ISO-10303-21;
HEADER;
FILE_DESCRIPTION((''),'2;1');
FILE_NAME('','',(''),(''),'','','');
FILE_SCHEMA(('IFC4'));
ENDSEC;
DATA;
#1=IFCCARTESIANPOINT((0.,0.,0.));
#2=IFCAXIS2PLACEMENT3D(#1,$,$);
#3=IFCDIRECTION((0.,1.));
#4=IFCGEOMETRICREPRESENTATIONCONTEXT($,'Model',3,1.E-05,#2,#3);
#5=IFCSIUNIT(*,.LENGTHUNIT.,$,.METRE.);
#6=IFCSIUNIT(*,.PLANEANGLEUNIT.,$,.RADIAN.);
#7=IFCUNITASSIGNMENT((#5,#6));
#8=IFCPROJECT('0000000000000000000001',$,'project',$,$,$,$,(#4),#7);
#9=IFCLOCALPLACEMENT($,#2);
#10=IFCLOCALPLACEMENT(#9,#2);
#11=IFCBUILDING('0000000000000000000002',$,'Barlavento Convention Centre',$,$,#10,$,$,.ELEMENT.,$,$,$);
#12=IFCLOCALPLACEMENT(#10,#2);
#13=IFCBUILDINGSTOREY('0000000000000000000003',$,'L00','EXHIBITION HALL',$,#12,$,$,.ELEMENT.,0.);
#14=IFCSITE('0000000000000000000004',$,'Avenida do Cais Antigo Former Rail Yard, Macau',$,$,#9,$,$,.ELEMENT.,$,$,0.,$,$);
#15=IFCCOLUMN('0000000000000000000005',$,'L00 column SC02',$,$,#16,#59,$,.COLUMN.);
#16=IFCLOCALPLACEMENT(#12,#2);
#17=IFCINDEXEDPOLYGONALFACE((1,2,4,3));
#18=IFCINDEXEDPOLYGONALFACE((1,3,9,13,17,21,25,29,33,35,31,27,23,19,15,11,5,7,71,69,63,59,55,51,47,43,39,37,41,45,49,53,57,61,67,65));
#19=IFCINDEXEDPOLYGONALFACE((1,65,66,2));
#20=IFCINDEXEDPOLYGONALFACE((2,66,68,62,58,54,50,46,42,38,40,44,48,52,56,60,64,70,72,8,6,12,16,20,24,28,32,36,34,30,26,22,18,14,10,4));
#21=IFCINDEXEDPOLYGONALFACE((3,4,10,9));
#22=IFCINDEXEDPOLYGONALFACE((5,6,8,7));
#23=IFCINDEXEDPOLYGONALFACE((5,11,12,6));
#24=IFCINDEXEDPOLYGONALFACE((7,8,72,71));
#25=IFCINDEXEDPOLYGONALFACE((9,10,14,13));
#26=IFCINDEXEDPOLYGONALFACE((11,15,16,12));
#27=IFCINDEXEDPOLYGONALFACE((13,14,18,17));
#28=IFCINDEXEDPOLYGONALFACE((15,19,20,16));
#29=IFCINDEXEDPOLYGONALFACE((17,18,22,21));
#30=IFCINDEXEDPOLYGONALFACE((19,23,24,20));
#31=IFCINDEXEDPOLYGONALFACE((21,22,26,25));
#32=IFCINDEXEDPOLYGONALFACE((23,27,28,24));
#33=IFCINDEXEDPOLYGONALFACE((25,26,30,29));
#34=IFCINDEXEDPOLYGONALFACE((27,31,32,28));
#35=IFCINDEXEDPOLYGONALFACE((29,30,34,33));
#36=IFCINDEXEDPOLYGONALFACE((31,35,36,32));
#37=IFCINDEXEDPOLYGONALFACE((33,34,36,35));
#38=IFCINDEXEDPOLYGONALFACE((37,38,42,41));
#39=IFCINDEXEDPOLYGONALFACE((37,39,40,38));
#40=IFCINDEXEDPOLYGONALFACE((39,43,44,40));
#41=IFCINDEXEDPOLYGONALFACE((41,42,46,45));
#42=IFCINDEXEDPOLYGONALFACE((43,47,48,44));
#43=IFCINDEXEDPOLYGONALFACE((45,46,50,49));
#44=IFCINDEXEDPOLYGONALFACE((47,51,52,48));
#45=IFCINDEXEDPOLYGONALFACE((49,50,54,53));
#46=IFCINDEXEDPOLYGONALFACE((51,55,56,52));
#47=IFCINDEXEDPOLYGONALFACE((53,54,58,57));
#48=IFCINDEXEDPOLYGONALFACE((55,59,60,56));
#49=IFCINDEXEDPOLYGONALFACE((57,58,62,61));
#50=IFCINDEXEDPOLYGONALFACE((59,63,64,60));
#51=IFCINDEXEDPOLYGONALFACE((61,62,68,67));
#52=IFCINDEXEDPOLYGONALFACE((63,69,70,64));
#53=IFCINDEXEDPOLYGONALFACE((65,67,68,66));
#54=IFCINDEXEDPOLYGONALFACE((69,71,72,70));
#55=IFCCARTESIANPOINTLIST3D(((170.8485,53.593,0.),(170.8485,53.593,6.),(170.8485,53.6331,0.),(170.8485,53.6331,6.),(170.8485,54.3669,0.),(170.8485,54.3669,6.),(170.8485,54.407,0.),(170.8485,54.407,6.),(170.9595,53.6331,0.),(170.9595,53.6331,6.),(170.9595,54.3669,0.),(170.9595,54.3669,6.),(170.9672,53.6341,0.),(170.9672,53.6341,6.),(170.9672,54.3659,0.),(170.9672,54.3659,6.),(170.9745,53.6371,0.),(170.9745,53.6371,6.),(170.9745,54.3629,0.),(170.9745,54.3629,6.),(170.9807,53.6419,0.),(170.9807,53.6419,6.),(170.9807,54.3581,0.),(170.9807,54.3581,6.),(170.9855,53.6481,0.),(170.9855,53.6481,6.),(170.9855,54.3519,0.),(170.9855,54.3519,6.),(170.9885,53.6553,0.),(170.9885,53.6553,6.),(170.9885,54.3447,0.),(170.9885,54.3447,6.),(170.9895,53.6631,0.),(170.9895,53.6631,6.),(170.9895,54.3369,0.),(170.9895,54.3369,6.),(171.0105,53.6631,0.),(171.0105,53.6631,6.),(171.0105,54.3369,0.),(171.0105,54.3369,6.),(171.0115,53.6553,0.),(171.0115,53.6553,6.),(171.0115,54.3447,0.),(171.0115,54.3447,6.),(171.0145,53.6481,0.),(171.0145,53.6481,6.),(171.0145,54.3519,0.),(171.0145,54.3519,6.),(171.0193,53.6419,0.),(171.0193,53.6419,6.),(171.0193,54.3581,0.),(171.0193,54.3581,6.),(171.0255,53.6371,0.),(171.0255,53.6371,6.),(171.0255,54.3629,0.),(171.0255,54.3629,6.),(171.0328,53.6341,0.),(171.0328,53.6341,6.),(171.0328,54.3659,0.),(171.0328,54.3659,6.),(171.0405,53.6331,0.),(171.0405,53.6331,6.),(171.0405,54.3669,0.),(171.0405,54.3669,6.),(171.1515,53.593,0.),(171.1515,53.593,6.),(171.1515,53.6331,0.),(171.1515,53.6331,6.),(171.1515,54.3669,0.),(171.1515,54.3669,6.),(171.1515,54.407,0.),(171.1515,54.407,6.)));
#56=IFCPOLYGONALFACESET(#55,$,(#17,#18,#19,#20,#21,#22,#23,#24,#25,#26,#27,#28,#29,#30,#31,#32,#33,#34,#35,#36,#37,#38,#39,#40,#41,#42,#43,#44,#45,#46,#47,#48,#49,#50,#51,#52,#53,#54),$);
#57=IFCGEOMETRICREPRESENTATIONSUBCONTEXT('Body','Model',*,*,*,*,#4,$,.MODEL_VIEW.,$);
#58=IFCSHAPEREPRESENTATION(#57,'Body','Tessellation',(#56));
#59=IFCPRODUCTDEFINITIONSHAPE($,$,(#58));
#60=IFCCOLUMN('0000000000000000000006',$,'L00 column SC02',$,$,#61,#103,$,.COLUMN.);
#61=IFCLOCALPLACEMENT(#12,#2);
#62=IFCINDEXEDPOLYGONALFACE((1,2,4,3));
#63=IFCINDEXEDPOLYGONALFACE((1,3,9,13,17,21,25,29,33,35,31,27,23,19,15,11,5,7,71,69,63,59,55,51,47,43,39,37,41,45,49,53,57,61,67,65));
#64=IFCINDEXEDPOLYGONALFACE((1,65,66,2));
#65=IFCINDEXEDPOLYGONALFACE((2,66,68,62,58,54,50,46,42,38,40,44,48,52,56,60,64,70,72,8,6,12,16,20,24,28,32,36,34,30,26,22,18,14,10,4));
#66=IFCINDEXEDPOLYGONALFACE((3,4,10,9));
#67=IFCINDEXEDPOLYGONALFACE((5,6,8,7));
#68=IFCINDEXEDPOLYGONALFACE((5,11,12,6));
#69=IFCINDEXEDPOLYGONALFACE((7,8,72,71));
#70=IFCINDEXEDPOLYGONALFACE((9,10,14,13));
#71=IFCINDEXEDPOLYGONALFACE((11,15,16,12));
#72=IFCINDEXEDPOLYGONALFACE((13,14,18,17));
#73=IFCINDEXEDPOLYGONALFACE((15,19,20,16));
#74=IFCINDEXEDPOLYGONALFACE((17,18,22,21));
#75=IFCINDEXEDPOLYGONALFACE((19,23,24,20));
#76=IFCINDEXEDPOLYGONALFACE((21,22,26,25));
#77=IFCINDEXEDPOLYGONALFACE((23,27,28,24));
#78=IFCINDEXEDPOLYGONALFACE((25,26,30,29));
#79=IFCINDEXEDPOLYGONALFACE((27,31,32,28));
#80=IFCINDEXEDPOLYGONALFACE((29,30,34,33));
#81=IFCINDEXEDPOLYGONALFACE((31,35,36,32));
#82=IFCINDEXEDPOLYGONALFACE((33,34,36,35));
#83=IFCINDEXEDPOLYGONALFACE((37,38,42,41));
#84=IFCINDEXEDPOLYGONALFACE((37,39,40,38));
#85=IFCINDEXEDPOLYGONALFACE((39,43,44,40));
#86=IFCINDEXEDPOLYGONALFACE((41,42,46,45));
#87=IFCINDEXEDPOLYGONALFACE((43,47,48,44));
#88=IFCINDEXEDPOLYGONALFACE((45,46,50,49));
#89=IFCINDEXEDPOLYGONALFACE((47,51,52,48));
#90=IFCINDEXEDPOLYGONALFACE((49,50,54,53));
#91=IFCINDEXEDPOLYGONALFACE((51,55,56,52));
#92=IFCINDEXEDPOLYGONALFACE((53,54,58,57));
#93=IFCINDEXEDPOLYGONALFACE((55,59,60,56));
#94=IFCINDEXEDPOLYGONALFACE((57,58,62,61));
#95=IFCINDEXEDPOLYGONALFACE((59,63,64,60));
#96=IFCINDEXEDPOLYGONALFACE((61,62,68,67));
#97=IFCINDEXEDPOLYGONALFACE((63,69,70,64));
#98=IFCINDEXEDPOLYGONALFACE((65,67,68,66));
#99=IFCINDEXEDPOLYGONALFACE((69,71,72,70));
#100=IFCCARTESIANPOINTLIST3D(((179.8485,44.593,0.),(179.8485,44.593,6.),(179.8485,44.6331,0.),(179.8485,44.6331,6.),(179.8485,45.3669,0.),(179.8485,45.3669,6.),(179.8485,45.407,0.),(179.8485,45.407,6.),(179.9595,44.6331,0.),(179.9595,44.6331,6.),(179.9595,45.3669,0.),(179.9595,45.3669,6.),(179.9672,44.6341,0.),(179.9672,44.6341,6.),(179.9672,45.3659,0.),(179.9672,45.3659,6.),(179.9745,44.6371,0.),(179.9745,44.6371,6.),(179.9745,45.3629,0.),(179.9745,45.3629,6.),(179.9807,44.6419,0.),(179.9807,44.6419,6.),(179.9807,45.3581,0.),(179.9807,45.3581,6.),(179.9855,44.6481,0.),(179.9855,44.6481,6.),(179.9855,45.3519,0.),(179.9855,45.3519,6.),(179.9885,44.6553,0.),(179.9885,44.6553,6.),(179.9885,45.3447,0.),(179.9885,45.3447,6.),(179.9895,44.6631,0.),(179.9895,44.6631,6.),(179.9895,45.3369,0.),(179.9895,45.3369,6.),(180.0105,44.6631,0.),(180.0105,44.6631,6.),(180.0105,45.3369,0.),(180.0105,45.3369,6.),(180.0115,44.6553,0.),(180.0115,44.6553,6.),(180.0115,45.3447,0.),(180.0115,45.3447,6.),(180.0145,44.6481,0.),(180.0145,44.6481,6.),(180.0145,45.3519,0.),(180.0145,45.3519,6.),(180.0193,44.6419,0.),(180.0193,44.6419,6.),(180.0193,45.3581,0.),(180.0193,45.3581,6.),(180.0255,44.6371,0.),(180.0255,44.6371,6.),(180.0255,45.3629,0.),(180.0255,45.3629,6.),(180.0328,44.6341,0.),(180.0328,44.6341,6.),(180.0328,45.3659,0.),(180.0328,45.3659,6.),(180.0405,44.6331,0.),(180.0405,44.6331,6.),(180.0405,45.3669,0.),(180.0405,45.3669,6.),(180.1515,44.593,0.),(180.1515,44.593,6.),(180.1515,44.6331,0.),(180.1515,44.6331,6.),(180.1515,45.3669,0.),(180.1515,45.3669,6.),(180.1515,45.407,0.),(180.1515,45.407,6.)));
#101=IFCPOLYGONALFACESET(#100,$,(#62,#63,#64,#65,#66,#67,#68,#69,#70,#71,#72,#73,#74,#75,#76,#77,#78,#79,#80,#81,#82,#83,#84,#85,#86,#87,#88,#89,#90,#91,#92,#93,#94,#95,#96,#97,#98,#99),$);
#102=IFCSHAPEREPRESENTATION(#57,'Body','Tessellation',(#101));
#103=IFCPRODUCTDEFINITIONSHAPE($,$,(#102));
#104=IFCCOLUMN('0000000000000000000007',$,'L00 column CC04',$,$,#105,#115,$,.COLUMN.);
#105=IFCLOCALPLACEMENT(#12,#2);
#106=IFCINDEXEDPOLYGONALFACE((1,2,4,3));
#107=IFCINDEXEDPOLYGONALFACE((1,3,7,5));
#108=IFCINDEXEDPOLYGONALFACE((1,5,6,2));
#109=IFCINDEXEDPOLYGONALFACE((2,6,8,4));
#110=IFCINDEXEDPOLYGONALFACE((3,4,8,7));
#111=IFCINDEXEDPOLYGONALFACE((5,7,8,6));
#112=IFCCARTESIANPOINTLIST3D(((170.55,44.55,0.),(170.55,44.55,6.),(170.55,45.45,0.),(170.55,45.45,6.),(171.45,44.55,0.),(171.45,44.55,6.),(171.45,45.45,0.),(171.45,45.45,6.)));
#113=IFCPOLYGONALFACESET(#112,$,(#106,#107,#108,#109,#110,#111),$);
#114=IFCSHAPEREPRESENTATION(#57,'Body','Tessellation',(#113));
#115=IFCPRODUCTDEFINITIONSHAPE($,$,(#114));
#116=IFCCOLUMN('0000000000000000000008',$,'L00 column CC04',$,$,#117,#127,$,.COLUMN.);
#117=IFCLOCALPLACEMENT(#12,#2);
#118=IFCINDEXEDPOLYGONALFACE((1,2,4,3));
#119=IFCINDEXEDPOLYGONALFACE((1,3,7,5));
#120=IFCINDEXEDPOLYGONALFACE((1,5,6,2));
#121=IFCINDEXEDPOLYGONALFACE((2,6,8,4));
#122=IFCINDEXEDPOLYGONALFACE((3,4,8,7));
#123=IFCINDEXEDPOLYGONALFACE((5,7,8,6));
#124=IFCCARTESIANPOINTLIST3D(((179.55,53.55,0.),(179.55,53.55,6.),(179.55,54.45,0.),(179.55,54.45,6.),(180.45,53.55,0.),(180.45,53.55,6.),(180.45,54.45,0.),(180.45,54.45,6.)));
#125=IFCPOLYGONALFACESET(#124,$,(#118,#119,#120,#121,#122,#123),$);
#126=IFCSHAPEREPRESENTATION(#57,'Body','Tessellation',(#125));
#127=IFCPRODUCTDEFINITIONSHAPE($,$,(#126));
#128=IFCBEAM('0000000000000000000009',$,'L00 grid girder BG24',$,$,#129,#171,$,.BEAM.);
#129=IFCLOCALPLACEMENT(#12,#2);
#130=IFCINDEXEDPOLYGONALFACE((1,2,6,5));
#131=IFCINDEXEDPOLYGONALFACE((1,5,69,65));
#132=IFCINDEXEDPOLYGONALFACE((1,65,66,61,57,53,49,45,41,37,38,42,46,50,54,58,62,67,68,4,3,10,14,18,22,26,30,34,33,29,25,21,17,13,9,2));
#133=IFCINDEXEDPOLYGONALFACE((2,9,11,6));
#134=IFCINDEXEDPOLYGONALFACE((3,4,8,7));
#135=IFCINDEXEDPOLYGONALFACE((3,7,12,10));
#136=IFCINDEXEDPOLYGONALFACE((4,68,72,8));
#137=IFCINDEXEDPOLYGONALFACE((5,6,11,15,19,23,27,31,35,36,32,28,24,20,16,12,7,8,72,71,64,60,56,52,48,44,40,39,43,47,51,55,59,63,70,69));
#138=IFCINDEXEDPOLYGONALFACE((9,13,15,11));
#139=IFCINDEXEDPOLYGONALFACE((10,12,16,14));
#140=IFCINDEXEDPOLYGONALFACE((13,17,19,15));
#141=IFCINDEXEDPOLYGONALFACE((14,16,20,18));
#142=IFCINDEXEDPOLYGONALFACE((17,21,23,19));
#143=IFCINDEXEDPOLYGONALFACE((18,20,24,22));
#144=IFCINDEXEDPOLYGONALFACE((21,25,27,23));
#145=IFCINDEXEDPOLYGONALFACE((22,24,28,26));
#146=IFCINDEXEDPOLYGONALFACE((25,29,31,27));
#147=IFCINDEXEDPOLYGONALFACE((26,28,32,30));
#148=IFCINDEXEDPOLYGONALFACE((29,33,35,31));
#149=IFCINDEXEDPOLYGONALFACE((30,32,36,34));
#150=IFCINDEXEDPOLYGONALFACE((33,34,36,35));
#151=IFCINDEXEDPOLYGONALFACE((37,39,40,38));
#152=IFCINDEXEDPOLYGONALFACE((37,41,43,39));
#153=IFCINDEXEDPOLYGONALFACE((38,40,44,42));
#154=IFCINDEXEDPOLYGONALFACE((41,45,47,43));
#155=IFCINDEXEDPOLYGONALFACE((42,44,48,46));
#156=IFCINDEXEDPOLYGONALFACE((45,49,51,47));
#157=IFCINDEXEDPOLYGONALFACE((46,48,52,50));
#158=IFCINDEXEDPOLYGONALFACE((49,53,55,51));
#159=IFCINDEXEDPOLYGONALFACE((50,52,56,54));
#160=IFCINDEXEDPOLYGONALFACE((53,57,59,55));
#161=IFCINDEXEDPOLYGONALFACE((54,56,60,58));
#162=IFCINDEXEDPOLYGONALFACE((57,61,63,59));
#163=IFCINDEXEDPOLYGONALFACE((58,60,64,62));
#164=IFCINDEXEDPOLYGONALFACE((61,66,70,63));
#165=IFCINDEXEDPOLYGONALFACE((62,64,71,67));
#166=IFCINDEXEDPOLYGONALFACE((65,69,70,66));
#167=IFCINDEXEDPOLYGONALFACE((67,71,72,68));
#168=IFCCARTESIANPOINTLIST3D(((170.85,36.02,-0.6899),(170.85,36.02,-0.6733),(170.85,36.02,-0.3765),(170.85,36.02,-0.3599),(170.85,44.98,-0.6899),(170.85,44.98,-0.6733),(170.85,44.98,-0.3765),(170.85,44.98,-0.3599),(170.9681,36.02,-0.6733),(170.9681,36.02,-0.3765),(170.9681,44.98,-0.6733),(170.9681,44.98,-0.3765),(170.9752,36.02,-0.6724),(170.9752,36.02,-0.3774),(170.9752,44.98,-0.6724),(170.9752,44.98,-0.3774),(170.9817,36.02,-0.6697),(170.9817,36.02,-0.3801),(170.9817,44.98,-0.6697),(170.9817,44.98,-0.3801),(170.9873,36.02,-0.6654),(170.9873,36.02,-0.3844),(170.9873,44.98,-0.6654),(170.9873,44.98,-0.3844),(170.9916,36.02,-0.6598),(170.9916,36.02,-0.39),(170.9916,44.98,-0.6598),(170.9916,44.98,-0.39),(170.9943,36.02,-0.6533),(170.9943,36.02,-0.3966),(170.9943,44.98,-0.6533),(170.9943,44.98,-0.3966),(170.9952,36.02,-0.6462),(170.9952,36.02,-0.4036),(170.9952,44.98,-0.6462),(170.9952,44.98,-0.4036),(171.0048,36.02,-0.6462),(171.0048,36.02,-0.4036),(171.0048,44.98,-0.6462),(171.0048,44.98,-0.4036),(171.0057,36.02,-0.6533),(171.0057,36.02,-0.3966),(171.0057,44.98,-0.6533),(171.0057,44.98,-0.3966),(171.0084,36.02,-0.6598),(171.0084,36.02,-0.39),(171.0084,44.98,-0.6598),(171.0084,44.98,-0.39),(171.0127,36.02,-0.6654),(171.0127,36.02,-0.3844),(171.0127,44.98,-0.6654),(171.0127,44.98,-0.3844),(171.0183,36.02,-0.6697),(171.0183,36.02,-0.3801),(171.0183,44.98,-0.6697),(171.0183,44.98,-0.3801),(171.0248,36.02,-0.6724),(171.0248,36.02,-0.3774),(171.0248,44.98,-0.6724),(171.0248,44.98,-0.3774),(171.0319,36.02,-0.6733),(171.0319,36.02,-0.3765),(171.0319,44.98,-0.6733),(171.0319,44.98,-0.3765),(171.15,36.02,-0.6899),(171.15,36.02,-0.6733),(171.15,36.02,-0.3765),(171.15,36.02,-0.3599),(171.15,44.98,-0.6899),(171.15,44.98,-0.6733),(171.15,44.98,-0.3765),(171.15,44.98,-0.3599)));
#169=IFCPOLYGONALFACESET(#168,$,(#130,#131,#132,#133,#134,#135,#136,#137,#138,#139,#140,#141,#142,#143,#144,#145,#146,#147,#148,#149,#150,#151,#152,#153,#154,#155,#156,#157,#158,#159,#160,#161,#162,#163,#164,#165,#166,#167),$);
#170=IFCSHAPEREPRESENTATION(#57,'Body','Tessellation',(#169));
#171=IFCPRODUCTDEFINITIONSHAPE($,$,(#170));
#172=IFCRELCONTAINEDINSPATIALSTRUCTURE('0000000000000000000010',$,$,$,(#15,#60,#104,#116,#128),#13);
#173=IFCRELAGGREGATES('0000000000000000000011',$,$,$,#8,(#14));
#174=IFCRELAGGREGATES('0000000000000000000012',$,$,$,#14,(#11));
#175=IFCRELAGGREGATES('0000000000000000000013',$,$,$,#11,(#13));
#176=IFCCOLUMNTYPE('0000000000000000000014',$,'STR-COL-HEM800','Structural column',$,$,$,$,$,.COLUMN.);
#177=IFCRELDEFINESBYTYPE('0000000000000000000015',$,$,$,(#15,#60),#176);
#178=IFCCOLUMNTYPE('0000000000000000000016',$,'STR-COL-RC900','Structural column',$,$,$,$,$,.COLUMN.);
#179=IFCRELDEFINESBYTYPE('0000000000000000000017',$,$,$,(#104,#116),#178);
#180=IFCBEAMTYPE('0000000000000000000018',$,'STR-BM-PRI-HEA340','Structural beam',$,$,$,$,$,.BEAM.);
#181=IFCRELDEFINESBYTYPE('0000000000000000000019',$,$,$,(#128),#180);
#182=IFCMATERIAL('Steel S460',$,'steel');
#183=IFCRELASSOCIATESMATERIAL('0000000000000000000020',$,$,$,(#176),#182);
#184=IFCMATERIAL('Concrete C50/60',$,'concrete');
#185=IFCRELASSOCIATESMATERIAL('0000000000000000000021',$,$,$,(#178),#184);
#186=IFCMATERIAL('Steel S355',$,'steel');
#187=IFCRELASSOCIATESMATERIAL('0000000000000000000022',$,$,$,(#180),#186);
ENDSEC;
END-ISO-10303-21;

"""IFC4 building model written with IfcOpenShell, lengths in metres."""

from ifc_helpers import new_model, si_unit, direction, frame, origin, origin_2d, place, context, subcontext, project, spatial, rectangle, i_section, extrude, material, material_profile, profile_set, type_object, element, save


model = new_model("IFC4")

# Units and contexts
model_context = context("Model", 3, precision=1e-05, world=origin(), true_north=direction((0.0, 1.0)))
body_context = subcontext(model_context, "Body", "Model", "MODEL_VIEW")
ifc_project = project(units=[si_unit("LENGTHUNIT", "METRE"), si_unit("PLANEANGLEUNIT", "RADIAN")], contexts=[model_context])

# Site, building, storey
site_placement = place(None, origin())
site = spatial("IfcSite", under=ifc_project, at=site_placement, Name="Avenida do Cais Antigo Former Rail Yard, Macau", CompositionType="ELEMENT", RefElevation=0.0)
building_placement = place(site_placement, origin())
building = spatial("IfcBuilding", under=site, at=building_placement, Name="Barlavento Convention Centre", CompositionType="ELEMENT")
storey_placement = place(building_placement, origin())
storey = spatial("IfcBuildingStorey", under=building, at=storey_placement, Name="L00", Description="EXHIBITION HALL", CompositionType="ELEMENT", Elevation=0.0)

# Columns
ifc_material_1 = material(Name="Steel S460", Category="steel")
ifc_material_profile_1 = material_profile(ifc_material_1, i_section(OverallWidth=0.303, OverallDepth=0.814, WebThickness=0.021, FlangeThickness=0.04, FilletRadius=0.03, at=origin_2d()), Name="HEM 800")
ifc_profile_set_1 = profile_set([ifc_material_profile_1], Name="Steel S460")
column_type_1 = type_object("IfcColumnType", Name="STR-COL-HEM800", Description="Structural column", PredefinedType="COLUMN", material=ifc_profile_set_1)
for number, where, z_axis, x_axis, name in (
    (1, (171.0, 54.0, 0.0), (0.0, 0.0, 1.0), (1.0, 0.0, 0.0), "L00 column SC02"),
    (2, (180.0, 45.0, 0.0), (0.0, 0.0, 1.0), (1.0, 0.0, 0.0), "L00 column SC02"),
):
    element("IfcColumn", number, at=place(storey_placement, frame(where, z_axis=z_axis, x_axis=x_axis)), inside=storey, type_object=column_type_1, Name=name, PredefinedType="COLUMN", context=body_context, shape_type="SweptSolid", body=[
        extrude(i_section(OverallWidth=0.303, OverallDepth=0.814, WebThickness=0.021, FlangeThickness=0.04, FilletRadius=0.03, at=origin_2d()), origin(), (0.0, 0.0, 1.0), 6.0),
    ])
ifc_material_2 = material(Name="Concrete C50/60", Category="concrete")
ifc_material_profile_2 = material_profile(ifc_material_2, rectangle(XDim=0.8999, YDim=0.8999, at=origin_2d()), Name="RC 900x900")
ifc_profile_set_2 = profile_set([ifc_material_profile_2], Name="Concrete C50/60")
column_type_2 = type_object("IfcColumnType", Name="STR-COL-RC900", Description="Structural column", PredefinedType="COLUMN", material=ifc_profile_set_2)
for number, where, z_axis, x_axis, name in (
    (3, (171.0, 45.0, 0.0), (0.0, 0.0, 1.0), (1.0, 0.0, 0.0), "L00 column CC04"),
    (4, (180.0, 54.0, 0.0), (0.0, 0.0, 1.0), (1.0, 0.0, 0.0), "L00 column CC04"),
):
    element("IfcColumn", number, at=place(storey_placement, frame(where, z_axis=z_axis, x_axis=x_axis)), inside=storey, type_object=column_type_2, Name=name, PredefinedType="COLUMN", context=body_context, shape_type="SweptSolid", body=[
        extrude(rectangle(XDim=0.8999, YDim=0.8999, at=origin_2d()), origin(), (0.0, 0.0, 1.0), 6.0),
    ])

# Beam
ifc_material_3 = material(Name="Steel S355", Category="steel")
ifc_material_profile_3 = material_profile(ifc_material_3, i_section(OverallWidth=0.3, OverallDepth=0.3301, WebThickness=0.0095, FlangeThickness=0.0166, FilletRadius=0.0271, at=origin_2d()), Name="HEA 340")
ifc_profile_set_3 = profile_set([ifc_material_profile_3], Name="Steel S355")
beam_type_1 = type_object("IfcBeamType", Name="STR-BM-PRI-HEA340", Description="Structural beam", PredefinedType="BEAM", material=ifc_profile_set_3)
beam_1_placement = place(storey_placement, frame((171.0, 36.02, -0.5249), z_axis=(0.0, 1.0, 0.0), x_axis=(-1.0, 0.0, 0.0)))
element("IfcBeam", 5, at=beam_1_placement, inside=storey, type_object=beam_type_1, Name="L00 grid girder BG24", PredefinedType="BEAM", context=body_context, shape_type="SweptSolid", body=[
    extrude(i_section(OverallWidth=0.3, OverallDepth=0.3301, WebThickness=0.0095, FlangeThickness=0.0166, FilletRadius=0.0271, at=origin_2d()), origin(), (0.0, 0.0, 1.0), 8.96),
])

save(model, "model.ifc")
